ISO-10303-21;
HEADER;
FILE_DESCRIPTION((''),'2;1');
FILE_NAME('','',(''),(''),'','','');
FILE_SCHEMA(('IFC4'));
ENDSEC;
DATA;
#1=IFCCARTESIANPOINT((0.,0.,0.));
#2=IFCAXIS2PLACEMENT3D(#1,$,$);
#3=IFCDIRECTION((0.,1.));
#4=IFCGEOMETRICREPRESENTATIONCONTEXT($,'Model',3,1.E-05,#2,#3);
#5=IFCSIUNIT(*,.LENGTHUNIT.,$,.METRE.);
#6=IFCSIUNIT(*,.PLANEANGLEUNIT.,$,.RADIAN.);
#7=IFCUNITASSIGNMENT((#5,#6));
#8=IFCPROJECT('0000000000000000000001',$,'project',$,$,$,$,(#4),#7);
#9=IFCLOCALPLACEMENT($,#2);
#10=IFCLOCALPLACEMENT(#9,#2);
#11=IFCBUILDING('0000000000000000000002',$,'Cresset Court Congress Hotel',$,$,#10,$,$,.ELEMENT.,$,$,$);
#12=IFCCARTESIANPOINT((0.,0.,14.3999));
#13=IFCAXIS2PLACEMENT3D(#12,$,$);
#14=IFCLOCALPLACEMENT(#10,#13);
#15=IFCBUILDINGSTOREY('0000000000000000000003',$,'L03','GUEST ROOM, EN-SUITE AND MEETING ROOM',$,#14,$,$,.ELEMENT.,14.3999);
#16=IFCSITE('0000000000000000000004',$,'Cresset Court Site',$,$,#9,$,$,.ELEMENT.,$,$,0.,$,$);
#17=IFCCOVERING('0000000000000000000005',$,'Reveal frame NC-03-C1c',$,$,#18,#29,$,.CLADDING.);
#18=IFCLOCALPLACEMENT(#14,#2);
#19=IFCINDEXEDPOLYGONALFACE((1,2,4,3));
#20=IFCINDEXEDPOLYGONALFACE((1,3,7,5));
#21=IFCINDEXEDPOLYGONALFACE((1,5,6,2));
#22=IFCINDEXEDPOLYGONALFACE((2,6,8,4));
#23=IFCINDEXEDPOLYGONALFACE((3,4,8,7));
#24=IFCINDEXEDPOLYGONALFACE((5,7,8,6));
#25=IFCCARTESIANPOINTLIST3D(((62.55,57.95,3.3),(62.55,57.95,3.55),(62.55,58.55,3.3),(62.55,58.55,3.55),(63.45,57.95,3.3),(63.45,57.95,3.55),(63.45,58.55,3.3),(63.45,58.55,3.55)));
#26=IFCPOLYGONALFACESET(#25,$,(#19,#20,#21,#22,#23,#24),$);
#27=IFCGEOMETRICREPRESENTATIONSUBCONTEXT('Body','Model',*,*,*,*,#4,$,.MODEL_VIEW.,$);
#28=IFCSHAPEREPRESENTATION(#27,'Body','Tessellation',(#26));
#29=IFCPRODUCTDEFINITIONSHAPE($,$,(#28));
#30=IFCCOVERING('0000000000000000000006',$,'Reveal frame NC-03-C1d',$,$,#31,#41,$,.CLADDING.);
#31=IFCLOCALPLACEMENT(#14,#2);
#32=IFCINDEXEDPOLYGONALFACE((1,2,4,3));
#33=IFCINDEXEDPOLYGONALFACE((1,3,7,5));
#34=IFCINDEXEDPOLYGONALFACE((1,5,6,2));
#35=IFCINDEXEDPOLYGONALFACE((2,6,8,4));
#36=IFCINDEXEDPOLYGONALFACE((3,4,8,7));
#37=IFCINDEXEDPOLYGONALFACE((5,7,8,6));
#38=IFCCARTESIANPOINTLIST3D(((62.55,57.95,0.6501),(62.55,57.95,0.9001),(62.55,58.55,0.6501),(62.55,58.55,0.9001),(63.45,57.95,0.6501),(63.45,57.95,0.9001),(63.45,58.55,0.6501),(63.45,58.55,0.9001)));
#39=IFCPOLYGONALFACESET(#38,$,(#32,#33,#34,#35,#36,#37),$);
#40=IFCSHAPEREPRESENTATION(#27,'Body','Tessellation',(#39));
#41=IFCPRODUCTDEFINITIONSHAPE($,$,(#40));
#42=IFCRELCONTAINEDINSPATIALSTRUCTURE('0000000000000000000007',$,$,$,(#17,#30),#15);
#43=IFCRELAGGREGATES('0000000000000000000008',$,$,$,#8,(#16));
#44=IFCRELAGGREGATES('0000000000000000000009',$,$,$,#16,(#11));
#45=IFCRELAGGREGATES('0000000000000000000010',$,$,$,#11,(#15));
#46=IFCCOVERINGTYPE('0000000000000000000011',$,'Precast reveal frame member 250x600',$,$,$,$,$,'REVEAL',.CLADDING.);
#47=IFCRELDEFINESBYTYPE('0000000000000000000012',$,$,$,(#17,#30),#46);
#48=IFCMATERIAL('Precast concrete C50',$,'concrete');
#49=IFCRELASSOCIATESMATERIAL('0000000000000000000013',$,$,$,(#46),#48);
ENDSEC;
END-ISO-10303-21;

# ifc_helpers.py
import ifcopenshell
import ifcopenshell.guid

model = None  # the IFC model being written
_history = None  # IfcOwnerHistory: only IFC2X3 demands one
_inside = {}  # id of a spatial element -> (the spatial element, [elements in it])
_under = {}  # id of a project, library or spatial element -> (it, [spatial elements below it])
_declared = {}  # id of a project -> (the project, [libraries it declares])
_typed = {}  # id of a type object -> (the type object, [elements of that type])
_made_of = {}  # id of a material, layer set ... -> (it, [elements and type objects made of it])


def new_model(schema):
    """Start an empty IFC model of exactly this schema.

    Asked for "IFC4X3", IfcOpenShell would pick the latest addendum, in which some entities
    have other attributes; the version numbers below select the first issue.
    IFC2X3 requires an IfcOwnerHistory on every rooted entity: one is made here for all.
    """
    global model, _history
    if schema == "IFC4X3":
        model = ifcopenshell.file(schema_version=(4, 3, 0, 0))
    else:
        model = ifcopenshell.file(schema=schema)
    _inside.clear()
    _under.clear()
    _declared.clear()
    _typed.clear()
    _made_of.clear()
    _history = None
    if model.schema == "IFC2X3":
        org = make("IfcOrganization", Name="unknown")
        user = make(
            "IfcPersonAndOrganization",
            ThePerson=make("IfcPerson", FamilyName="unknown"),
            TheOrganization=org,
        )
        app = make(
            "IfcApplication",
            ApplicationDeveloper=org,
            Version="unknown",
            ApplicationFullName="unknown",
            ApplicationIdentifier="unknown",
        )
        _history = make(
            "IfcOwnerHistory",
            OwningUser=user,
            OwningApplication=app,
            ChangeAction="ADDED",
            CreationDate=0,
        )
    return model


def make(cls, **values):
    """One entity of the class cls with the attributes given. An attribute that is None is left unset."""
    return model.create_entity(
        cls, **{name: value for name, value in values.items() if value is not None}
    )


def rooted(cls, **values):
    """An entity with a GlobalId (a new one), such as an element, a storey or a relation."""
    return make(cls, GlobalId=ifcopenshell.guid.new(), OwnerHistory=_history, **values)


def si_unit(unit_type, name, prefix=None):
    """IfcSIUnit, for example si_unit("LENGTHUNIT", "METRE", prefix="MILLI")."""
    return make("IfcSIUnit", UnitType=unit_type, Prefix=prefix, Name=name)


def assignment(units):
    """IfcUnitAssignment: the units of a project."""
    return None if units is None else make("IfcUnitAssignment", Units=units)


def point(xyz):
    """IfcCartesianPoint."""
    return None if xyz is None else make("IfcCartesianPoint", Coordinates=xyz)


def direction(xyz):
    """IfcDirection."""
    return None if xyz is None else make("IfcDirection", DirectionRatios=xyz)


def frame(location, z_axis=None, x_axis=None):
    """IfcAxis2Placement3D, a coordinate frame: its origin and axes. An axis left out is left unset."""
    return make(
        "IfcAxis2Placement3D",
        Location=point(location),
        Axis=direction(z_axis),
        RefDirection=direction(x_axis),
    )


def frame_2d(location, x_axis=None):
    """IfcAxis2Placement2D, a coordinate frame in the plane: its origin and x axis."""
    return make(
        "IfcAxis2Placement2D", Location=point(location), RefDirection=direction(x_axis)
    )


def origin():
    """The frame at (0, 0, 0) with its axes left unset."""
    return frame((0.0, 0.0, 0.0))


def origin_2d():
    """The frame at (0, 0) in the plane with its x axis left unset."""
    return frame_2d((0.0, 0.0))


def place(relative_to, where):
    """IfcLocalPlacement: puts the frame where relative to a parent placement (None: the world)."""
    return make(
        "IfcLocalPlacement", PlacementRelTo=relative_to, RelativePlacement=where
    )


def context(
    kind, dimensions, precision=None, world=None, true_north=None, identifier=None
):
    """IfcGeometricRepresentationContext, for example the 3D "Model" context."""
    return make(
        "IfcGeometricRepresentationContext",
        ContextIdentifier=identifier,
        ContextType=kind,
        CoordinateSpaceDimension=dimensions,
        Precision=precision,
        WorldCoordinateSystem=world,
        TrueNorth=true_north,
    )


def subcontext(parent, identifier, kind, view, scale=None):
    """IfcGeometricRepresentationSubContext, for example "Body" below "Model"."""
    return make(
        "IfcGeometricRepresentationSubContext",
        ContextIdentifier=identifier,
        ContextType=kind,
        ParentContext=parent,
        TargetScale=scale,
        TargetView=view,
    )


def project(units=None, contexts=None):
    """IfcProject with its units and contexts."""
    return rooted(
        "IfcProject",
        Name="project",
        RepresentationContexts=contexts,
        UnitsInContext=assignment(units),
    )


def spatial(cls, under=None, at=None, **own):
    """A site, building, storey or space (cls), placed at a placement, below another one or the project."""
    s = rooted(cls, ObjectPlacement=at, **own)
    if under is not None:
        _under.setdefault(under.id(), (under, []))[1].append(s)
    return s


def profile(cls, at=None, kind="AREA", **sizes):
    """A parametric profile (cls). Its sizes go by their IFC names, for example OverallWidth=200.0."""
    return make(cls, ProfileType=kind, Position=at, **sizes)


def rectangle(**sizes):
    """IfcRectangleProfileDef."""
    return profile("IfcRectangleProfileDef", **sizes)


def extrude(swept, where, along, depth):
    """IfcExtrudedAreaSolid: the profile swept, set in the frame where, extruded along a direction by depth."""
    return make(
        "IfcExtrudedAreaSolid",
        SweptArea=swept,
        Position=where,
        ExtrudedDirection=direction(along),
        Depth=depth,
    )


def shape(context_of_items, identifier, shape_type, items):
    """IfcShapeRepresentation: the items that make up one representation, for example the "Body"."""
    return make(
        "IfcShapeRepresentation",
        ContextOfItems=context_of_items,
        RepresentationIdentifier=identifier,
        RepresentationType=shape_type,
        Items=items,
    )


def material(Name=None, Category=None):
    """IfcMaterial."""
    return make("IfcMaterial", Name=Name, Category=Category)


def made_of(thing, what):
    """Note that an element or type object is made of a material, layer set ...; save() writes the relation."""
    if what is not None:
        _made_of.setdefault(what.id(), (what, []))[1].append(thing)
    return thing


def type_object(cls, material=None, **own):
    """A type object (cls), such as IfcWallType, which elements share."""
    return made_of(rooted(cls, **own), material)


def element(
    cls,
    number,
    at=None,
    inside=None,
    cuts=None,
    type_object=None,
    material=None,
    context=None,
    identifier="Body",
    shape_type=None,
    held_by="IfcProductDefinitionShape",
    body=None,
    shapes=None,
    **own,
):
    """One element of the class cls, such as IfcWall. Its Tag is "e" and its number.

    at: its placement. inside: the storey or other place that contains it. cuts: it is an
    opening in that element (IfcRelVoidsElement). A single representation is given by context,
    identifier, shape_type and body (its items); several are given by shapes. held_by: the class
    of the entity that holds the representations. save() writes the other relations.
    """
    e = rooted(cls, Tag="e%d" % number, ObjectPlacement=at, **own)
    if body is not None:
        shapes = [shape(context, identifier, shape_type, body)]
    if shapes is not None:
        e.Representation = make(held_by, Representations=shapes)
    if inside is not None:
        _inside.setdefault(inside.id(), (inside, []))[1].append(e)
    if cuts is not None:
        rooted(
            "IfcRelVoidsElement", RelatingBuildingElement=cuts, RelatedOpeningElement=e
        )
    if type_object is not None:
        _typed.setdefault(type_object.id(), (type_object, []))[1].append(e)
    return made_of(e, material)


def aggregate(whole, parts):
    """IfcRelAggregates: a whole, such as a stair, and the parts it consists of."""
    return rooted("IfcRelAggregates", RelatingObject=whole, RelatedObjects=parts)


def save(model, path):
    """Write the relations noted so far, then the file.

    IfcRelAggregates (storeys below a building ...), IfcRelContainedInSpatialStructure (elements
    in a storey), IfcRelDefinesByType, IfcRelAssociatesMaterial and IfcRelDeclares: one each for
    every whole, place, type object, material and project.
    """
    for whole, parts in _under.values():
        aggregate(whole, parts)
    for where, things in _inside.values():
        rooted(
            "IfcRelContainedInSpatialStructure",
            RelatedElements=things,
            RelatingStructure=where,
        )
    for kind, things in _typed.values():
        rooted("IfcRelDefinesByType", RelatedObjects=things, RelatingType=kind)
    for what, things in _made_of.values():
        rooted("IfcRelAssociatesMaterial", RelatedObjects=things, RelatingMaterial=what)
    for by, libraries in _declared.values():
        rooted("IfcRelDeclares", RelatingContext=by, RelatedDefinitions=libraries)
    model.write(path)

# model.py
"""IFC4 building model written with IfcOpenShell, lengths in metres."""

from ifc_helpers import new_model, si_unit, direction, frame, origin, origin_2d, place, context, subcontext, project, spatial, rectangle, extrude, material, type_object, element, save


model = new_model("IFC4")

# Units and contexts
model_context = context("Model", 3, precision=1e-05, world=origin(), true_north=direction((0.0, 1.0)))
body_context = subcontext(model_context, "Body", "Model", "MODEL_VIEW")
ifc_project = project(units=[si_unit("LENGTHUNIT", "METRE"), si_unit("PLANEANGLEUNIT", "RADIAN")], contexts=[model_context])

# Site, building, storey
site_placement = place(None, origin())
site = spatial("IfcSite", under=ifc_project, at=site_placement, Name="Cresset Court Site", CompositionType="ELEMENT", RefElevation=0.0)
building_placement = place(site_placement, origin())
building = spatial("IfcBuilding", under=site, at=building_placement, Name="Cresset Court Congress Hotel", CompositionType="ELEMENT")
storey_placement = place(building_placement, frame((0.0, 0.0, 14.3999)))
storey = spatial("IfcBuildingStorey", under=building, at=storey_placement, Name="L03", Description="GUEST ROOM, EN-SUITE AND MEETING ROOM", CompositionType="ELEMENT", Elevation=14.3999)

# Coverings
ifc_material_1 = material(Name="Precast concrete C50", Category="concrete")
covering_type = type_object("IfcCoveringType", Name="Precast reveal frame member 250x600", ElementType="REVEAL", PredefinedType="CLADDING", material=ifc_material_1)
for number, where, z_axis, x_axis, name in (
    (1, (63.0, 58.25, 3.3), (0.0, 0.0, 1.0), (1.0, 0.0, 0.0), "Reveal frame NC-03-C1c"),
    (2, (63.0, 58.25, 0.6501), (0.0, 0.0, 1.0), (1.0, 0.0, 0.0), "Reveal frame NC-03-C1d"),
):
    element("IfcCovering", number, at=place(storey_placement, frame(where, z_axis=z_axis, x_axis=x_axis)), inside=storey, type_object=covering_type, Name=name, PredefinedType="CLADDING", context=body_context, shape_type="SweptSolid", body=[
        extrude(rectangle(XDim=0.8999, YDim=0.6001, at=origin_2d()), origin(), (0.0, 0.0, 1.0), 0.25),
    ])

save(model, "model.ifc")
